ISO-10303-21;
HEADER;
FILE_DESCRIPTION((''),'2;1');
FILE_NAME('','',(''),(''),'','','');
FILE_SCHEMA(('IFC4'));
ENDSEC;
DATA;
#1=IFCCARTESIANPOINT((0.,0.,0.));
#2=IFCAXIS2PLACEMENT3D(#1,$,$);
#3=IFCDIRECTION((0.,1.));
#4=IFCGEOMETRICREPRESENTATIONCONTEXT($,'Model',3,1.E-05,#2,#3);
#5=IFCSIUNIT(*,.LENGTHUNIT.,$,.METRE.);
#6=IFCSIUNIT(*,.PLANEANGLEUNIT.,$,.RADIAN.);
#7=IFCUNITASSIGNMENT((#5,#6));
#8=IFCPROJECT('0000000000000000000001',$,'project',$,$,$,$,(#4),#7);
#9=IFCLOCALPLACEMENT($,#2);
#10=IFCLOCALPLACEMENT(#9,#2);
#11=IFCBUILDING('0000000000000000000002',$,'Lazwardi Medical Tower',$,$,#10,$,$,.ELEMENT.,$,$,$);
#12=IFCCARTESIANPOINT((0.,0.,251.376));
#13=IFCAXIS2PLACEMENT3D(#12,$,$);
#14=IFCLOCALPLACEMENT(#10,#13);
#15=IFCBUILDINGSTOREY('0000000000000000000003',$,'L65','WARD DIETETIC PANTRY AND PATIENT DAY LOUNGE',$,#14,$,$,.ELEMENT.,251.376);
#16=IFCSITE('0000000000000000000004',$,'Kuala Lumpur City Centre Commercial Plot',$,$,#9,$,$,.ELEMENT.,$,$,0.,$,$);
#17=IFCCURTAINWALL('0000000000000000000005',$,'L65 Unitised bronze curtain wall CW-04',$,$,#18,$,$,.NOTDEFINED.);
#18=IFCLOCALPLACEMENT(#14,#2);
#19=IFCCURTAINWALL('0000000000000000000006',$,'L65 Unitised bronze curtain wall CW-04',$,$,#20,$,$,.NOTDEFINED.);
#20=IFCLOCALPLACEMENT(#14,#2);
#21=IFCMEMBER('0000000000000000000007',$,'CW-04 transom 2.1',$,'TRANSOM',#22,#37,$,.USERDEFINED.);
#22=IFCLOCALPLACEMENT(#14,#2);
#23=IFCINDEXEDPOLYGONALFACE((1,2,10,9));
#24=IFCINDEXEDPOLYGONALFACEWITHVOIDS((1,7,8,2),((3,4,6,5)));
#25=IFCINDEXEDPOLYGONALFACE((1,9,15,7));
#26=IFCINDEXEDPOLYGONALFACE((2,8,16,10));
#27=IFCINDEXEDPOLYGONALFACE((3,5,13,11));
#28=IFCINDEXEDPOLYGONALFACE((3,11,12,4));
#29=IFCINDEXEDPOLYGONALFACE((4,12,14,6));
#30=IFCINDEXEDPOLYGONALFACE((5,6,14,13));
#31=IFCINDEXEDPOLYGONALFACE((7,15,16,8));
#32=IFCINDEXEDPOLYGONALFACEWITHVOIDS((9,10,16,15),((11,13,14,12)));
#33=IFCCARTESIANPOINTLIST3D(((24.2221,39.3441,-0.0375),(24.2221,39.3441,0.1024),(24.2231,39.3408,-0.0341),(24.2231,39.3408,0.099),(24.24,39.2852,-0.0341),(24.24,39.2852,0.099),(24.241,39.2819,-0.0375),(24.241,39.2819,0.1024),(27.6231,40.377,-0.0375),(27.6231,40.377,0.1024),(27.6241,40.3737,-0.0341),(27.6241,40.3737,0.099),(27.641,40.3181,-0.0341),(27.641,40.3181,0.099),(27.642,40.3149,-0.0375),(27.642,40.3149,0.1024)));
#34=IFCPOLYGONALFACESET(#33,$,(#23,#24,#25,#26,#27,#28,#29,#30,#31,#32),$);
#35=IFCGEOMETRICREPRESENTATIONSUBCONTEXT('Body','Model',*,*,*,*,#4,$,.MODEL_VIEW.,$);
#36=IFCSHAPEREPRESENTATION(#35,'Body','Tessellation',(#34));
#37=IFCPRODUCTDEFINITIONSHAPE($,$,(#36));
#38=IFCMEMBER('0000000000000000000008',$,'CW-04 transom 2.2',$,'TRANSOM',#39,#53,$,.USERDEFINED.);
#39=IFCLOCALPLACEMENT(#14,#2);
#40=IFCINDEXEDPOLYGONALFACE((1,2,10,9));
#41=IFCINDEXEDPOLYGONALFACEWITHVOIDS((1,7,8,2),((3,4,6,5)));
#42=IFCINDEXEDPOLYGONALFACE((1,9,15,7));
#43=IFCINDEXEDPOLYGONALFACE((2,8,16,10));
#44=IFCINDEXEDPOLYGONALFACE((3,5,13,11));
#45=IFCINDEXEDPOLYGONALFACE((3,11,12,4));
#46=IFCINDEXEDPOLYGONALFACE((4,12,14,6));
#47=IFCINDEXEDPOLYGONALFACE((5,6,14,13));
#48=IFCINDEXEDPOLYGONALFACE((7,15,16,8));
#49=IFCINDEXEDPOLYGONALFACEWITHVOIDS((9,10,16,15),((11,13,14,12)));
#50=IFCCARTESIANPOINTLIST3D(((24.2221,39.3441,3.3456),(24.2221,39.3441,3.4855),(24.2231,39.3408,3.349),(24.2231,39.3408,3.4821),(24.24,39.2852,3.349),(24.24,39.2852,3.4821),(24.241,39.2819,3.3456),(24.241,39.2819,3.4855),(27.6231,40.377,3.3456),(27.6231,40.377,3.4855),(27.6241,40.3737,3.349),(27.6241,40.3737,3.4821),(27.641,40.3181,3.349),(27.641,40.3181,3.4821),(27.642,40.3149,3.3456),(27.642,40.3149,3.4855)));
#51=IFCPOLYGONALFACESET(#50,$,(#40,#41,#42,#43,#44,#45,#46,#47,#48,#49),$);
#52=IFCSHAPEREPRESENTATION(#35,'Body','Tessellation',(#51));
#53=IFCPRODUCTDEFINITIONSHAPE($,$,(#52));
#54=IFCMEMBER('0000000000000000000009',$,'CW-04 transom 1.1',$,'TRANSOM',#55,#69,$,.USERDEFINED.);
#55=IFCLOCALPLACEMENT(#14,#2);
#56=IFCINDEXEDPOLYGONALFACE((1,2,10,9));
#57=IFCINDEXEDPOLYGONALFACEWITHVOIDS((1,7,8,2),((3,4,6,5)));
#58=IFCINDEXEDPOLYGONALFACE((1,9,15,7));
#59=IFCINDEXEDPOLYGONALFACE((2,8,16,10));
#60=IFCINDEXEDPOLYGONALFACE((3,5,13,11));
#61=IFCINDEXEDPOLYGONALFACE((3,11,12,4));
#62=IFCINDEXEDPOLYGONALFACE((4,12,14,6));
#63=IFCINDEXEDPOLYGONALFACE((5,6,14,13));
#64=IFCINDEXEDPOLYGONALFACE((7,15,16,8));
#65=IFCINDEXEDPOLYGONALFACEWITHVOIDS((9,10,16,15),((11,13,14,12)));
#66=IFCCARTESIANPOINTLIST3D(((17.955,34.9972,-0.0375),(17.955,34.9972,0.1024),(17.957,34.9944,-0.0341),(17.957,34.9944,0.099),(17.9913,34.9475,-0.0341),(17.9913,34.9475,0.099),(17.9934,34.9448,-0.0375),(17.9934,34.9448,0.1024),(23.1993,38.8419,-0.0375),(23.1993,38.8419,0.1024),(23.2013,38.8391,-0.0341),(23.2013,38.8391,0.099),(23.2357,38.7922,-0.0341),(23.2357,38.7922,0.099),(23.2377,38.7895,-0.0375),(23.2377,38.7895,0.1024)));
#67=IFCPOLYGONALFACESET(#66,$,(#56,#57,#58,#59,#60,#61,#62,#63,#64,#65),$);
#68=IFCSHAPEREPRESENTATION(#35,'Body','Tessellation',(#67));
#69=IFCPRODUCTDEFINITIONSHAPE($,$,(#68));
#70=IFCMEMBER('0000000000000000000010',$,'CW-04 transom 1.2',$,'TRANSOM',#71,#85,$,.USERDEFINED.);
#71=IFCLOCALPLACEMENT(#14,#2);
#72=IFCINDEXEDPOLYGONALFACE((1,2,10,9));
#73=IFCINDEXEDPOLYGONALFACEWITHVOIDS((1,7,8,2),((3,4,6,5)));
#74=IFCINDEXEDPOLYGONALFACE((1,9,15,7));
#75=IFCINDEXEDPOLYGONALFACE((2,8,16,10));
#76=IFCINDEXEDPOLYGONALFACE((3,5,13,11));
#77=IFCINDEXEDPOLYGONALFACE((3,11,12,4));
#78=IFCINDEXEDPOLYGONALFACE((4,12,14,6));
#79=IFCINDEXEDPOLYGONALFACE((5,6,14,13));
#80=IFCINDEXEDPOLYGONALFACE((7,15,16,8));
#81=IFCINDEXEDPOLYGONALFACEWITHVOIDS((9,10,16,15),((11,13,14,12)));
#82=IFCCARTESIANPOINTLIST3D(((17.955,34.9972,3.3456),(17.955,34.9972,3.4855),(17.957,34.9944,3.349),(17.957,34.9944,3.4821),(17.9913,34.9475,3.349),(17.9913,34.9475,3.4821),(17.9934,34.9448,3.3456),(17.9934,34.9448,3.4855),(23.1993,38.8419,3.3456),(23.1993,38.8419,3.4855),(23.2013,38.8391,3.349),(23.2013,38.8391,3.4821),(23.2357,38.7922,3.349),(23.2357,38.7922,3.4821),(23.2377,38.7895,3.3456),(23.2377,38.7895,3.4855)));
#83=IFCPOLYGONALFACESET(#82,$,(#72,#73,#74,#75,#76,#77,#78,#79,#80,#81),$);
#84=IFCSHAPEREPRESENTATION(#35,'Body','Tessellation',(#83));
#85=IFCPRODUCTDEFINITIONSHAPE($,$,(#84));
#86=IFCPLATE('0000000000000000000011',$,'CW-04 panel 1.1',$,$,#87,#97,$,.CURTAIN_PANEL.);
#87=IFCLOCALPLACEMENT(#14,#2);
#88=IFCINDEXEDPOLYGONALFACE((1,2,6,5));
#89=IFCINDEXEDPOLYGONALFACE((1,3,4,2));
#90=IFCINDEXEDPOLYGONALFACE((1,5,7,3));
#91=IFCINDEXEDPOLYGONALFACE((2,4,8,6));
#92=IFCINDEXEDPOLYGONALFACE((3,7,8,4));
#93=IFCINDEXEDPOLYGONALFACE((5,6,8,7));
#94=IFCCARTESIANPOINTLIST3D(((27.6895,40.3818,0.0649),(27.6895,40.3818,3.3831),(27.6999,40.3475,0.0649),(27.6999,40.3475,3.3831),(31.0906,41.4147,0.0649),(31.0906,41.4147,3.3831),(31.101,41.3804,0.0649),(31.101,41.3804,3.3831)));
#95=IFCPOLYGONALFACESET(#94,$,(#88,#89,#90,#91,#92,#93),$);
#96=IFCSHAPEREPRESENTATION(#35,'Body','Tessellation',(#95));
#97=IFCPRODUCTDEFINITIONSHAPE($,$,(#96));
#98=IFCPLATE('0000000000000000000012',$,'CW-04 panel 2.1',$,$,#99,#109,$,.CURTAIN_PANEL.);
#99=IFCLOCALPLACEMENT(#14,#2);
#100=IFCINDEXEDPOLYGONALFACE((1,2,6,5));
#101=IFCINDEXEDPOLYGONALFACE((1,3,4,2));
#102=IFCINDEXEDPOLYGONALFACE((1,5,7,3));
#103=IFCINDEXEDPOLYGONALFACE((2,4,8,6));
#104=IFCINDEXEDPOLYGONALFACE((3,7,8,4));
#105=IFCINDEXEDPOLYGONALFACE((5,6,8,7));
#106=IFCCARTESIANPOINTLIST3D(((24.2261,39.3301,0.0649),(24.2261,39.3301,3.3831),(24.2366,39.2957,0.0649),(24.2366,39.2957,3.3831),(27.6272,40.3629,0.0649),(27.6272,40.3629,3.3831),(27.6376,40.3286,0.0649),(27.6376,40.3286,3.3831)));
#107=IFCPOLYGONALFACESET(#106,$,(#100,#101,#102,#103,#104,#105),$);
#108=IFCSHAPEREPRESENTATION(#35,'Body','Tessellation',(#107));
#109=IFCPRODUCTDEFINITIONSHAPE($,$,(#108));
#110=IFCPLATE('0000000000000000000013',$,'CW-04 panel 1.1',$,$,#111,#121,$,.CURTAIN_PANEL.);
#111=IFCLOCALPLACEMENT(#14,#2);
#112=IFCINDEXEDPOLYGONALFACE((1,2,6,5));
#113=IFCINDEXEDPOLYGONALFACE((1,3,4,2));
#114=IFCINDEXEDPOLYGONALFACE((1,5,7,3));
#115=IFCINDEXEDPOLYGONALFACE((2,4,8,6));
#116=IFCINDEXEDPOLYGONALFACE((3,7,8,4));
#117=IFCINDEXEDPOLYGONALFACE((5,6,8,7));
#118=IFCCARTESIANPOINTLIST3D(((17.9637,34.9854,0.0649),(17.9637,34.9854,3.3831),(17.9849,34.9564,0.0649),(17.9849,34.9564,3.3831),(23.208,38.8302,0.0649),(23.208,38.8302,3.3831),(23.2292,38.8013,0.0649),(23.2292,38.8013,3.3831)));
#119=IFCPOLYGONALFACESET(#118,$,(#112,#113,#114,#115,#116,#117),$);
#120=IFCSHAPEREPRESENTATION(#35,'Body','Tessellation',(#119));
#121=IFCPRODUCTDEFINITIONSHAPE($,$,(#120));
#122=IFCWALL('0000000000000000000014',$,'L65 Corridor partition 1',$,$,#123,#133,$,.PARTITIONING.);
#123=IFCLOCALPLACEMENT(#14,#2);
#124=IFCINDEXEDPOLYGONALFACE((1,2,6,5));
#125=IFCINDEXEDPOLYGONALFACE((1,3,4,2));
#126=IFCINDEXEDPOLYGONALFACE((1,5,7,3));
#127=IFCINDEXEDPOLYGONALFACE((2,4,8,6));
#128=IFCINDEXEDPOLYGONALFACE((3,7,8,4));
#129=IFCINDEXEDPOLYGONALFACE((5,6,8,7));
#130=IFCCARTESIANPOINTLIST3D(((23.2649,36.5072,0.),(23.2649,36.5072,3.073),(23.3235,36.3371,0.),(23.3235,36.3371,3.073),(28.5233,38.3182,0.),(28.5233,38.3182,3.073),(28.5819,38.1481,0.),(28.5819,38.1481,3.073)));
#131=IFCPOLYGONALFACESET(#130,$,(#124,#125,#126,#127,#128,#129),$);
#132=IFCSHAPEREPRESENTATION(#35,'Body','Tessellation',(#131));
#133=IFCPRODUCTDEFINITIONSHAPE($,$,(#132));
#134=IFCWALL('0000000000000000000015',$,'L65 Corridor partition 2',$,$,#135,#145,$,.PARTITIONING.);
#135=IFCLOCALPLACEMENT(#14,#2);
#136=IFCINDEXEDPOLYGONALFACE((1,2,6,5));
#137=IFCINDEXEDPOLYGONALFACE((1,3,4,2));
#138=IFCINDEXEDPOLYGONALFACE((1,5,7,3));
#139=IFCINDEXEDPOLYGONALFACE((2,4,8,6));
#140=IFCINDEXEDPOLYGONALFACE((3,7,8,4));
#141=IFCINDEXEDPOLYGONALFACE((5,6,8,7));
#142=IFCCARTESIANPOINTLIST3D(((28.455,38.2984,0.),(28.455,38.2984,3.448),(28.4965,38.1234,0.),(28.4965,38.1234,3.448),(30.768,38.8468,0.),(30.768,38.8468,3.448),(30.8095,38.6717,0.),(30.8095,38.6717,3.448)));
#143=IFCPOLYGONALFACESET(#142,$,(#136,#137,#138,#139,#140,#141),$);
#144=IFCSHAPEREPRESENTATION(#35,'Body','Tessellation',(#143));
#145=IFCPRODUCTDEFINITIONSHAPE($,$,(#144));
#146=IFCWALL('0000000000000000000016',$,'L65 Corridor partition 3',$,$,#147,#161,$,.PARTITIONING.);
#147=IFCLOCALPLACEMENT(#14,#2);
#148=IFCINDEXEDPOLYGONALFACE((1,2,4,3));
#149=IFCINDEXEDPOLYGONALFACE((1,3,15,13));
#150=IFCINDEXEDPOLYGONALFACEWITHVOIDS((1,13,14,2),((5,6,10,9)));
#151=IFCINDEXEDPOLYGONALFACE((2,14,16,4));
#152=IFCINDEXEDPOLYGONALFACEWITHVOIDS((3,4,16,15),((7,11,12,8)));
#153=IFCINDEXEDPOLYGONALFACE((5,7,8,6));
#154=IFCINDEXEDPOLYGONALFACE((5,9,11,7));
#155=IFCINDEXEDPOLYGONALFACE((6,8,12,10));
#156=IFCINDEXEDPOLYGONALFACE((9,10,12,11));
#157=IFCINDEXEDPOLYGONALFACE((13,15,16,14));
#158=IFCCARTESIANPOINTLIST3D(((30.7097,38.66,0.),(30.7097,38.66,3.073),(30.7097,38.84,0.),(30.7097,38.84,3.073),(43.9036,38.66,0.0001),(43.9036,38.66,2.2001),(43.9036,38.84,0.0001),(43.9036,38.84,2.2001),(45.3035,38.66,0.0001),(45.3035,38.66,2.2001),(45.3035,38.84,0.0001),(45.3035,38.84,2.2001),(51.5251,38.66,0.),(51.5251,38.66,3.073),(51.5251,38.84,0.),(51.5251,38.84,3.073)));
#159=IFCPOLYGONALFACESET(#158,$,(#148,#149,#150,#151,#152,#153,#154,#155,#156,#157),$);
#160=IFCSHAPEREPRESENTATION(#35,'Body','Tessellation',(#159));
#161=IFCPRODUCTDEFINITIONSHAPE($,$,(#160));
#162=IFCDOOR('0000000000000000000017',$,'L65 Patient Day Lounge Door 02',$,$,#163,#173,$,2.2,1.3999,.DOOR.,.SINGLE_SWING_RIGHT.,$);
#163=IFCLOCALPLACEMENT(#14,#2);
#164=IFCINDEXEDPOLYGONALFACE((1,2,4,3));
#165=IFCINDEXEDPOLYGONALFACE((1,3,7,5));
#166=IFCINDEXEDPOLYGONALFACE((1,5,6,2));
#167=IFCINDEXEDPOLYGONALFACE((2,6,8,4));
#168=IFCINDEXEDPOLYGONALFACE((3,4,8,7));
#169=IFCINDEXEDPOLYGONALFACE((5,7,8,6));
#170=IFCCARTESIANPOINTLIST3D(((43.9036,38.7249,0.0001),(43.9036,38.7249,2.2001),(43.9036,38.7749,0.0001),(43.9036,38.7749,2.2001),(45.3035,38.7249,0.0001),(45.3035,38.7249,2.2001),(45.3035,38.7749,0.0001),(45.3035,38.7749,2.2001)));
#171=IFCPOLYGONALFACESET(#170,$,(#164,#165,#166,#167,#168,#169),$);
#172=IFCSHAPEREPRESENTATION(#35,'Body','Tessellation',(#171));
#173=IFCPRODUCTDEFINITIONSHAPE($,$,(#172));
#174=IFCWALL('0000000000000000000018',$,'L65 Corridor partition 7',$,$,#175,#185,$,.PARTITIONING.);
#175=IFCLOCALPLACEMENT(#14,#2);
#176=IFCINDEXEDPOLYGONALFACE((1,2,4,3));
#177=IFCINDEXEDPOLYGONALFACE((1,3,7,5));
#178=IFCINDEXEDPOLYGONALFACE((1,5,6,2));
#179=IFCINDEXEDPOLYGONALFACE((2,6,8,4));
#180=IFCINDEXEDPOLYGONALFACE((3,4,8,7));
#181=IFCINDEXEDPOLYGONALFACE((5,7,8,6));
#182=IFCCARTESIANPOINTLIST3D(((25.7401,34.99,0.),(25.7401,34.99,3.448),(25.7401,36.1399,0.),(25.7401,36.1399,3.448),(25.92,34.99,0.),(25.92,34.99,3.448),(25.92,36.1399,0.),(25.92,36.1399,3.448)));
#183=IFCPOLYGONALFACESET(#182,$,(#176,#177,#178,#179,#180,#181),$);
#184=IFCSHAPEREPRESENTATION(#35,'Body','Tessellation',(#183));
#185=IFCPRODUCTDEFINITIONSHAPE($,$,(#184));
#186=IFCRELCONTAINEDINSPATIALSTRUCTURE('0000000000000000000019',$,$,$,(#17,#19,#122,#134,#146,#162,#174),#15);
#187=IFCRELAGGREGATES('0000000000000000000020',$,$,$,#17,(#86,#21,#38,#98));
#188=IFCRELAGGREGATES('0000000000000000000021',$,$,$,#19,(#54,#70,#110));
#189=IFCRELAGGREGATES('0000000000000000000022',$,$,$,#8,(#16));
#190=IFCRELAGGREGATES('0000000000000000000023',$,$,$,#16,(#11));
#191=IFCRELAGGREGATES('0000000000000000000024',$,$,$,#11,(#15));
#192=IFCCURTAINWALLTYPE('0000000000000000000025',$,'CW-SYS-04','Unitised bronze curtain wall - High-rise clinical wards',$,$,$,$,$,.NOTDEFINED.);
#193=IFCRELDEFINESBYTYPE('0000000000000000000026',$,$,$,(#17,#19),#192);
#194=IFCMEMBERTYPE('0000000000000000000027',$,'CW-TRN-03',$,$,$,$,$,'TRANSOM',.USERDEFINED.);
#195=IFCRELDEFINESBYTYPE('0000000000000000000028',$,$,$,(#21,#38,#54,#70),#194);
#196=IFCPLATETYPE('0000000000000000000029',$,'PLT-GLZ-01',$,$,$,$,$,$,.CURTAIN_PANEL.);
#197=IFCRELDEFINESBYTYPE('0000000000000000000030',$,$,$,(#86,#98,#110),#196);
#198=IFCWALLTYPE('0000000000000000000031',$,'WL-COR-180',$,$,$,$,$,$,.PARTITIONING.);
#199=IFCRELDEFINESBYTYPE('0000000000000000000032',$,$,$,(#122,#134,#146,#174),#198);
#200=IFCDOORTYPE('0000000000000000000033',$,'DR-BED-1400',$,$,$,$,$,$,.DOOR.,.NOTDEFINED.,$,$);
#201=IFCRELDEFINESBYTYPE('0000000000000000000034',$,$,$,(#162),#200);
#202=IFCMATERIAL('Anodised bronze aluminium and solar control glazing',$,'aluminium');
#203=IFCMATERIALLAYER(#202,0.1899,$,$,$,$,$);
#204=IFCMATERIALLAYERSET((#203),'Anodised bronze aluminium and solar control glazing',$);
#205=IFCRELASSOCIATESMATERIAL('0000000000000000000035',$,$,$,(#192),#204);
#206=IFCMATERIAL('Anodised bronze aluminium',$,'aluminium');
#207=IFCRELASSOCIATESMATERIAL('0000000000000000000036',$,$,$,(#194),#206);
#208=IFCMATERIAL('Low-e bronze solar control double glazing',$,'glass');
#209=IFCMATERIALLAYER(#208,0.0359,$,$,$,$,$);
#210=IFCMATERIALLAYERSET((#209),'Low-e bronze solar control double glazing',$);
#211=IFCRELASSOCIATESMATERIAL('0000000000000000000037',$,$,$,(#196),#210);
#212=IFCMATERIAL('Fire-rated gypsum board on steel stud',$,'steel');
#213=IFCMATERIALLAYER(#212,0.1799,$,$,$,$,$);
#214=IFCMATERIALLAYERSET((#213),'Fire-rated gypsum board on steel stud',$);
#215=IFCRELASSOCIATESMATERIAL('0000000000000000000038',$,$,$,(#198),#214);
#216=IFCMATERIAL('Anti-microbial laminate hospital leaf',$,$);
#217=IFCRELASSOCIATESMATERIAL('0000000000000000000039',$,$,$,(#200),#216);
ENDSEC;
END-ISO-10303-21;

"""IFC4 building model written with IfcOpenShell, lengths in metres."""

from ifc_helpers import new_model, si_unit, direction, frame, frame_2d, origin, origin_2d, place, context, subcontext, project, spatial, rectangle, hollow_rectangle, extrude, material, layer, layer_set, material_profile, profile_set, type_object, element, fill, aggregate, save


model = new_model("IFC4")

# Units and contexts
model_context = context("Model", 3, precision=1e-05, world=origin(), true_north=direction((0.0, 1.0)))
body_context = subcontext(model_context, "Body", "Model", "MODEL_VIEW")
ifc_project = project(units=[si_unit("LENGTHUNIT", "METRE"), si_unit("PLANEANGLEUNIT", "RADIAN")], contexts=[model_context])

# Site, building, storey
site_placement = place(None, origin())
site = spatial("IfcSite", under=ifc_project, at=site_placement, Name="Kuala Lumpur City Centre Commercial Plot", CompositionType="ELEMENT", RefElevation=0.0)
building_placement = place(site_placement, origin())
building = spatial("IfcBuilding", under=site, at=building_placement, Name="Lazwardi Medical Tower", CompositionType="ELEMENT")
storey_placement = place(building_placement, frame((0.0, 0.0, 251.376)))
storey = spatial("IfcBuildingStorey", under=building, at=storey_placement, Name="L65", Description="WARD DIETETIC PANTRY AND PATIENT DAY LOUNGE", CompositionType="ELEMENT", Elevation=251.376)

# Curtain wall
ifc_material_1 = material(Name="Anodised bronze aluminium and solar control glazing", Category="aluminium")
ifc_layer_1 = layer(ifc_material_1, 0.1899)
ifc_layer_set_1 = layer_set([ifc_layer_1], Name="Anodised bronze aluminium and solar control glazing")
curtain_wall_type = type_object("IfcCurtainWallType", Name="CW-SYS-04", Description="Unitised bronze curtain wall - High-rise clinical wards", PredefinedType="NOTDEFINED", material=ifc_layer_set_1)
curtain_wall_1_placement = place(storey_placement, origin())
curtain_wall_1 = element("IfcCurtainWall", 1, at=curtain_wall_1_placement, inside=storey, type_object=curtain_wall_type, Name="L65 Unitised bronze curtain wall CW-04", PredefinedType="NOTDEFINED")
ifc_material_2 = material(Name="Anodised bronze aluminium", Category="aluminium")

# Curtain wall
curtain_wall_2_placement = place(storey_placement, origin())
curtain_wall_2 = element("IfcCurtainWall", 2, at=curtain_wall_2_placement, inside=storey, type_object=curtain_wall_type, Name="L65 Unitised bronze curtain wall CW-04", PredefinedType="NOTDEFINED")

# Members
ifc_material_profile_1 = material_profile(ifc_material_2, hollow_rectangle(XDim=0.0649, YDim=0.1399, WallThickness=0.0034, at=origin_2d()), Name="ALU-TRANSOM 140x65x3.5")
ifc_profile_set_1 = profile_set([ifc_material_profile_1], Name="Anodised bronze aluminium")
member_type_1 = type_object("IfcMemberType", Name="CW-TRN-03", ElementType="TRANSOM", PredefinedType="USERDEFINED", material=ifc_profile_set_1)
member_1_placement = place(storey_placement, frame((27.6326, 40.3459, 0.0325), z_axis=(-0.956843, -0.290604, 0.0), x_axis=(0.290604, -0.956843, 0.0)))
member_1 = element("IfcMember", 3, at=member_1_placement, type_object=member_type_1, Name="CW-04 transom 2.1", ObjectType="TRANSOM", PredefinedType="USERDEFINED", context=body_context, shape_type="SweptSolid", body=[
    extrude(hollow_rectangle(XDim=0.0649, YDim=0.1399, WallThickness=0.0034, at=origin_2d()), origin(), (0.0, 0.0, 1.0), 3.5544),
])
member_2_placement = place(storey_placement, frame((27.6326, 40.3459, 3.4155), z_axis=(-0.956843, -0.290604, 0.0), x_axis=(0.290604, -0.956843, 0.0)))
member_2 = element("IfcMember", 4, at=member_2_placement, type_object=member_type_1, Name="CW-04 transom 2.2", ObjectType="TRANSOM", PredefinedType="USERDEFINED", context=body_context, shape_type="SweptSolid", body=[
    extrude(hollow_rectangle(XDim=0.0649, YDim=0.1399, WallThickness=0.0034, at=origin_2d()), origin(), (0.0, 0.0, 1.0), 3.5544),
])
member_3_placement = place(storey_placement, frame((23.2185, 38.8157, 0.0325), z_axis=(-0.80649, -0.591248, 0.0), x_axis=(0.591248, -0.80649, 0.0)))
member_3 = element("IfcMember", 5, at=member_3_placement, type_object=member_type_1, Name="CW-04 transom 1.1", ObjectType="TRANSOM", PredefinedType="USERDEFINED", context=body_context, shape_type="SweptSolid", body=[
    extrude(hollow_rectangle(XDim=0.0649, YDim=0.1399, WallThickness=0.0034, at=origin_2d()), origin(), (0.0, 0.0, 1.0), 6.5027),
])
member_4_placement = place(storey_placement, frame((23.2185, 38.8157, 3.4155), z_axis=(-0.80649, -0.591248, 0.0), x_axis=(0.591248, -0.80649, 0.0)))
member_4 = element("IfcMember", 6, at=member_4_placement, type_object=member_type_1, Name="CW-04 transom 1.2", ObjectType="TRANSOM", PredefinedType="USERDEFINED", context=body_context, shape_type="SweptSolid", body=[
    extrude(hollow_rectangle(XDim=0.0649, YDim=0.1399, WallThickness=0.0034, at=origin_2d()), origin(), (0.0, 0.0, 1.0), 6.5027),
])

# Plates
ifc_material_3 = material(Name="Low-e bronze solar control double glazing", Category="glass")
ifc_layer_2 = layer(ifc_material_3, 0.0359)
ifc_layer_set_2 = layer_set([ifc_layer_2], Name="Low-e bronze solar control double glazing")
plate_type = type_object("IfcPlateType", Name="PLT-GLZ-01", PredefinedType="CURTAIN_PANEL", material=ifc_layer_set_2)
plate_1_placement = place(storey_placement, frame((29.3953, 40.8811, 0.0649), z_axis=(0.0, 0.0, 1.0), x_axis=(-0.95685, -0.290582, 0.0)))
plate_1 = element("IfcPlate", 7, at=plate_1_placement, type_object=plate_type, Name="CW-04 panel 1.1", PredefinedType="CURTAIN_PANEL", context=body_context, shape_type="SweptSolid", body=[
    extrude(rectangle(XDim=3.5544, YDim=0.0359, at=origin_2d()), origin(), (0.0, 0.0, 1.0), 3.3181),
])
plate_2_placement = place(storey_placement, frame((25.9319, 39.8293, 0.0649), z_axis=(0.0, 0.0, 1.0), x_axis=(-0.95685, -0.290582, 0.0)))
plate_2 = element("IfcPlate", 8, at=plate_2_placement, type_object=plate_type, Name="CW-04 panel 2.1", PredefinedType="CURTAIN_PANEL", context=body_context, shape_type="SweptSolid", body=[
    extrude(rectangle(XDim=3.5544, YDim=0.0359, at=origin_2d()), origin(), (0.0, 0.0, 1.0), 3.3181),
])
aggregate(curtain_wall_1, [plate_1, member_1, member_2, plate_2])
plate_3_placement = place(storey_placement, frame((20.5964, 36.8933, 0.0649), z_axis=(0.0, 0.0, 1.0), x_axis=(-0.806475, -0.591268, 0.0)))
plate_3 = element("IfcPlate", 9, at=plate_3_placement, type_object=plate_type, Name="CW-04 panel 1.1", PredefinedType="CURTAIN_PANEL", context=body_context, shape_type="SweptSolid", body=[
    extrude(rectangle(XDim=6.5027, YDim=0.0359, at=origin_2d()), origin(), (0.0, 0.0, 1.0), 3.3181),
])
aggregate(curtain_wall_2, [member_3, member_4, plate_3])

# Walls
ifc_material_4 = material(Name="Fire-rated gypsum board on steel stud", Category="steel")
ifc_layer_3 = layer(ifc_material_4, 0.1799)
ifc_layer_set_3 = layer_set([ifc_layer_3], Name="Fire-rated gypsum board on steel stud")
wall_type_1 = type_object("IfcWallType", Name="WL-COR-180", PredefinedType="PARTITIONING", material=ifc_layer_set_3)
wall_1_placement = place(storey_placement, frame((23.2942, 36.4221, 0.0), z_axis=(0.0, 0.0, 1.0), x_axis=(0.945493, 0.325642, 0.0)))
element("IfcWall", 10, at=wall_1_placement, inside=storey, type_object=wall_type_1, Name="L65 Corridor partition 1", PredefinedType="PARTITIONING", context=body_context, shape_type="SweptSolid", body=[
    extrude(rectangle(XDim=5.5615, YDim=0.1799, at=frame_2d((2.7808, 0.0))), origin(), (0.0, 0.0, 1.0), 3.073),
])
wall_2_placement = place(storey_placement, frame((28.4758, 38.2109, 0.0), z_axis=(0.0, 0.0, 1.0), x_axis=(0.973031, 0.230676, 0.0)))
element("IfcWall", 11, at=wall_2_placement, inside=storey, type_object=wall_type_1, Name="L65 Corridor partition 2", PredefinedType="PARTITIONING", context=body_context, shape_type="SweptSolid", body=[
    extrude(rectangle(XDim=2.3772, YDim=0.1799, at=frame_2d((1.1885, 0.0))), origin(), (0.0, 0.0, 1.0), 3.448),
])

# Wall, opening, door
wall_3_placement = place(storey_placement, frame((30.7097, 38.75, 0.0), z_axis=(0.0, 0.0, 1.0), x_axis=(1.0, 0.0, 0.0)))
wall_3 = element("IfcWall", 12, at=wall_3_placement, inside=storey, type_object=wall_type_1, Name="L65 Corridor partition 3", PredefinedType="PARTITIONING", context=body_context, shape_type="SweptSolid", body=[
    extrude(rectangle(XDim=20.8154, YDim=0.1799, at=frame_2d((10.4077, 0.0))), origin(), (0.0, 0.0, 1.0), 3.073),
])
opening_placement = place(wall_3_placement, frame((13.1938, 0.0, 0.0)))
opening = element("IfcOpeningElement", 13, at=opening_placement, cuts=wall_3, PredefinedType="OPENING", context=body_context, shape_type="SweptSolid", body=[
    extrude(rectangle(XDim=1.3999, YDim=2.2, at=frame_2d((0.7, 1.1001))), frame((0.0, 0.0999, 0.0), z_axis=(0.0, -1.0, 0.0), x_axis=(1.0, 0.0, 0.0)), (0.0, 0.0, 1.0), 0.2),
])
ifc_material_5 = material(Name="Anti-microbial laminate hospital leaf")
door_type = type_object("IfcDoorType", Name="DR-BED-1400", OperationType="NOTDEFINED", PredefinedType="DOOR", material=ifc_material_5)
door_placement = place(opening_placement, origin())
door = element("IfcDoor", 14, at=door_placement, inside=storey, type_object=door_type, Name="L65 Patient Day Lounge Door 02", OperationType="SINGLE_SWING_RIGHT", OverallHeight=2.2, OverallWidth=1.3999, PredefinedType="DOOR", context=body_context, shape_type="SweptSolid", body=[
    extrude(rectangle(XDim=1.3999, YDim=2.2, at=frame_2d((0.7, 1.1001))), frame((0.0, 0.0249, 0.0), z_axis=(0.0, -1.0, 0.0), x_axis=(1.0, 0.0, 0.0)), (0.0, 0.0, 1.0), 0.05),
])
fill(opening, door)

# Wall
wall_4_placement = place(storey_placement, frame((25.8301, 36.1399, 0.0), z_axis=(0.0, 0.0, 1.0), x_axis=(0.0, -1.0, 0.0)))
element("IfcWall", 15, at=wall_4_placement, inside=storey, type_object=wall_type_1, Name="L65 Corridor partition 7", PredefinedType="PARTITIONING", context=body_context, shape_type="SweptSolid", body=[
    extrude(rectangle(XDim=1.1499, YDim=0.1799, at=frame_2d((0.575, 0.0))), origin(), (0.0, 0.0, 1.0), 3.448),
])

save(model, "model.ifc")
